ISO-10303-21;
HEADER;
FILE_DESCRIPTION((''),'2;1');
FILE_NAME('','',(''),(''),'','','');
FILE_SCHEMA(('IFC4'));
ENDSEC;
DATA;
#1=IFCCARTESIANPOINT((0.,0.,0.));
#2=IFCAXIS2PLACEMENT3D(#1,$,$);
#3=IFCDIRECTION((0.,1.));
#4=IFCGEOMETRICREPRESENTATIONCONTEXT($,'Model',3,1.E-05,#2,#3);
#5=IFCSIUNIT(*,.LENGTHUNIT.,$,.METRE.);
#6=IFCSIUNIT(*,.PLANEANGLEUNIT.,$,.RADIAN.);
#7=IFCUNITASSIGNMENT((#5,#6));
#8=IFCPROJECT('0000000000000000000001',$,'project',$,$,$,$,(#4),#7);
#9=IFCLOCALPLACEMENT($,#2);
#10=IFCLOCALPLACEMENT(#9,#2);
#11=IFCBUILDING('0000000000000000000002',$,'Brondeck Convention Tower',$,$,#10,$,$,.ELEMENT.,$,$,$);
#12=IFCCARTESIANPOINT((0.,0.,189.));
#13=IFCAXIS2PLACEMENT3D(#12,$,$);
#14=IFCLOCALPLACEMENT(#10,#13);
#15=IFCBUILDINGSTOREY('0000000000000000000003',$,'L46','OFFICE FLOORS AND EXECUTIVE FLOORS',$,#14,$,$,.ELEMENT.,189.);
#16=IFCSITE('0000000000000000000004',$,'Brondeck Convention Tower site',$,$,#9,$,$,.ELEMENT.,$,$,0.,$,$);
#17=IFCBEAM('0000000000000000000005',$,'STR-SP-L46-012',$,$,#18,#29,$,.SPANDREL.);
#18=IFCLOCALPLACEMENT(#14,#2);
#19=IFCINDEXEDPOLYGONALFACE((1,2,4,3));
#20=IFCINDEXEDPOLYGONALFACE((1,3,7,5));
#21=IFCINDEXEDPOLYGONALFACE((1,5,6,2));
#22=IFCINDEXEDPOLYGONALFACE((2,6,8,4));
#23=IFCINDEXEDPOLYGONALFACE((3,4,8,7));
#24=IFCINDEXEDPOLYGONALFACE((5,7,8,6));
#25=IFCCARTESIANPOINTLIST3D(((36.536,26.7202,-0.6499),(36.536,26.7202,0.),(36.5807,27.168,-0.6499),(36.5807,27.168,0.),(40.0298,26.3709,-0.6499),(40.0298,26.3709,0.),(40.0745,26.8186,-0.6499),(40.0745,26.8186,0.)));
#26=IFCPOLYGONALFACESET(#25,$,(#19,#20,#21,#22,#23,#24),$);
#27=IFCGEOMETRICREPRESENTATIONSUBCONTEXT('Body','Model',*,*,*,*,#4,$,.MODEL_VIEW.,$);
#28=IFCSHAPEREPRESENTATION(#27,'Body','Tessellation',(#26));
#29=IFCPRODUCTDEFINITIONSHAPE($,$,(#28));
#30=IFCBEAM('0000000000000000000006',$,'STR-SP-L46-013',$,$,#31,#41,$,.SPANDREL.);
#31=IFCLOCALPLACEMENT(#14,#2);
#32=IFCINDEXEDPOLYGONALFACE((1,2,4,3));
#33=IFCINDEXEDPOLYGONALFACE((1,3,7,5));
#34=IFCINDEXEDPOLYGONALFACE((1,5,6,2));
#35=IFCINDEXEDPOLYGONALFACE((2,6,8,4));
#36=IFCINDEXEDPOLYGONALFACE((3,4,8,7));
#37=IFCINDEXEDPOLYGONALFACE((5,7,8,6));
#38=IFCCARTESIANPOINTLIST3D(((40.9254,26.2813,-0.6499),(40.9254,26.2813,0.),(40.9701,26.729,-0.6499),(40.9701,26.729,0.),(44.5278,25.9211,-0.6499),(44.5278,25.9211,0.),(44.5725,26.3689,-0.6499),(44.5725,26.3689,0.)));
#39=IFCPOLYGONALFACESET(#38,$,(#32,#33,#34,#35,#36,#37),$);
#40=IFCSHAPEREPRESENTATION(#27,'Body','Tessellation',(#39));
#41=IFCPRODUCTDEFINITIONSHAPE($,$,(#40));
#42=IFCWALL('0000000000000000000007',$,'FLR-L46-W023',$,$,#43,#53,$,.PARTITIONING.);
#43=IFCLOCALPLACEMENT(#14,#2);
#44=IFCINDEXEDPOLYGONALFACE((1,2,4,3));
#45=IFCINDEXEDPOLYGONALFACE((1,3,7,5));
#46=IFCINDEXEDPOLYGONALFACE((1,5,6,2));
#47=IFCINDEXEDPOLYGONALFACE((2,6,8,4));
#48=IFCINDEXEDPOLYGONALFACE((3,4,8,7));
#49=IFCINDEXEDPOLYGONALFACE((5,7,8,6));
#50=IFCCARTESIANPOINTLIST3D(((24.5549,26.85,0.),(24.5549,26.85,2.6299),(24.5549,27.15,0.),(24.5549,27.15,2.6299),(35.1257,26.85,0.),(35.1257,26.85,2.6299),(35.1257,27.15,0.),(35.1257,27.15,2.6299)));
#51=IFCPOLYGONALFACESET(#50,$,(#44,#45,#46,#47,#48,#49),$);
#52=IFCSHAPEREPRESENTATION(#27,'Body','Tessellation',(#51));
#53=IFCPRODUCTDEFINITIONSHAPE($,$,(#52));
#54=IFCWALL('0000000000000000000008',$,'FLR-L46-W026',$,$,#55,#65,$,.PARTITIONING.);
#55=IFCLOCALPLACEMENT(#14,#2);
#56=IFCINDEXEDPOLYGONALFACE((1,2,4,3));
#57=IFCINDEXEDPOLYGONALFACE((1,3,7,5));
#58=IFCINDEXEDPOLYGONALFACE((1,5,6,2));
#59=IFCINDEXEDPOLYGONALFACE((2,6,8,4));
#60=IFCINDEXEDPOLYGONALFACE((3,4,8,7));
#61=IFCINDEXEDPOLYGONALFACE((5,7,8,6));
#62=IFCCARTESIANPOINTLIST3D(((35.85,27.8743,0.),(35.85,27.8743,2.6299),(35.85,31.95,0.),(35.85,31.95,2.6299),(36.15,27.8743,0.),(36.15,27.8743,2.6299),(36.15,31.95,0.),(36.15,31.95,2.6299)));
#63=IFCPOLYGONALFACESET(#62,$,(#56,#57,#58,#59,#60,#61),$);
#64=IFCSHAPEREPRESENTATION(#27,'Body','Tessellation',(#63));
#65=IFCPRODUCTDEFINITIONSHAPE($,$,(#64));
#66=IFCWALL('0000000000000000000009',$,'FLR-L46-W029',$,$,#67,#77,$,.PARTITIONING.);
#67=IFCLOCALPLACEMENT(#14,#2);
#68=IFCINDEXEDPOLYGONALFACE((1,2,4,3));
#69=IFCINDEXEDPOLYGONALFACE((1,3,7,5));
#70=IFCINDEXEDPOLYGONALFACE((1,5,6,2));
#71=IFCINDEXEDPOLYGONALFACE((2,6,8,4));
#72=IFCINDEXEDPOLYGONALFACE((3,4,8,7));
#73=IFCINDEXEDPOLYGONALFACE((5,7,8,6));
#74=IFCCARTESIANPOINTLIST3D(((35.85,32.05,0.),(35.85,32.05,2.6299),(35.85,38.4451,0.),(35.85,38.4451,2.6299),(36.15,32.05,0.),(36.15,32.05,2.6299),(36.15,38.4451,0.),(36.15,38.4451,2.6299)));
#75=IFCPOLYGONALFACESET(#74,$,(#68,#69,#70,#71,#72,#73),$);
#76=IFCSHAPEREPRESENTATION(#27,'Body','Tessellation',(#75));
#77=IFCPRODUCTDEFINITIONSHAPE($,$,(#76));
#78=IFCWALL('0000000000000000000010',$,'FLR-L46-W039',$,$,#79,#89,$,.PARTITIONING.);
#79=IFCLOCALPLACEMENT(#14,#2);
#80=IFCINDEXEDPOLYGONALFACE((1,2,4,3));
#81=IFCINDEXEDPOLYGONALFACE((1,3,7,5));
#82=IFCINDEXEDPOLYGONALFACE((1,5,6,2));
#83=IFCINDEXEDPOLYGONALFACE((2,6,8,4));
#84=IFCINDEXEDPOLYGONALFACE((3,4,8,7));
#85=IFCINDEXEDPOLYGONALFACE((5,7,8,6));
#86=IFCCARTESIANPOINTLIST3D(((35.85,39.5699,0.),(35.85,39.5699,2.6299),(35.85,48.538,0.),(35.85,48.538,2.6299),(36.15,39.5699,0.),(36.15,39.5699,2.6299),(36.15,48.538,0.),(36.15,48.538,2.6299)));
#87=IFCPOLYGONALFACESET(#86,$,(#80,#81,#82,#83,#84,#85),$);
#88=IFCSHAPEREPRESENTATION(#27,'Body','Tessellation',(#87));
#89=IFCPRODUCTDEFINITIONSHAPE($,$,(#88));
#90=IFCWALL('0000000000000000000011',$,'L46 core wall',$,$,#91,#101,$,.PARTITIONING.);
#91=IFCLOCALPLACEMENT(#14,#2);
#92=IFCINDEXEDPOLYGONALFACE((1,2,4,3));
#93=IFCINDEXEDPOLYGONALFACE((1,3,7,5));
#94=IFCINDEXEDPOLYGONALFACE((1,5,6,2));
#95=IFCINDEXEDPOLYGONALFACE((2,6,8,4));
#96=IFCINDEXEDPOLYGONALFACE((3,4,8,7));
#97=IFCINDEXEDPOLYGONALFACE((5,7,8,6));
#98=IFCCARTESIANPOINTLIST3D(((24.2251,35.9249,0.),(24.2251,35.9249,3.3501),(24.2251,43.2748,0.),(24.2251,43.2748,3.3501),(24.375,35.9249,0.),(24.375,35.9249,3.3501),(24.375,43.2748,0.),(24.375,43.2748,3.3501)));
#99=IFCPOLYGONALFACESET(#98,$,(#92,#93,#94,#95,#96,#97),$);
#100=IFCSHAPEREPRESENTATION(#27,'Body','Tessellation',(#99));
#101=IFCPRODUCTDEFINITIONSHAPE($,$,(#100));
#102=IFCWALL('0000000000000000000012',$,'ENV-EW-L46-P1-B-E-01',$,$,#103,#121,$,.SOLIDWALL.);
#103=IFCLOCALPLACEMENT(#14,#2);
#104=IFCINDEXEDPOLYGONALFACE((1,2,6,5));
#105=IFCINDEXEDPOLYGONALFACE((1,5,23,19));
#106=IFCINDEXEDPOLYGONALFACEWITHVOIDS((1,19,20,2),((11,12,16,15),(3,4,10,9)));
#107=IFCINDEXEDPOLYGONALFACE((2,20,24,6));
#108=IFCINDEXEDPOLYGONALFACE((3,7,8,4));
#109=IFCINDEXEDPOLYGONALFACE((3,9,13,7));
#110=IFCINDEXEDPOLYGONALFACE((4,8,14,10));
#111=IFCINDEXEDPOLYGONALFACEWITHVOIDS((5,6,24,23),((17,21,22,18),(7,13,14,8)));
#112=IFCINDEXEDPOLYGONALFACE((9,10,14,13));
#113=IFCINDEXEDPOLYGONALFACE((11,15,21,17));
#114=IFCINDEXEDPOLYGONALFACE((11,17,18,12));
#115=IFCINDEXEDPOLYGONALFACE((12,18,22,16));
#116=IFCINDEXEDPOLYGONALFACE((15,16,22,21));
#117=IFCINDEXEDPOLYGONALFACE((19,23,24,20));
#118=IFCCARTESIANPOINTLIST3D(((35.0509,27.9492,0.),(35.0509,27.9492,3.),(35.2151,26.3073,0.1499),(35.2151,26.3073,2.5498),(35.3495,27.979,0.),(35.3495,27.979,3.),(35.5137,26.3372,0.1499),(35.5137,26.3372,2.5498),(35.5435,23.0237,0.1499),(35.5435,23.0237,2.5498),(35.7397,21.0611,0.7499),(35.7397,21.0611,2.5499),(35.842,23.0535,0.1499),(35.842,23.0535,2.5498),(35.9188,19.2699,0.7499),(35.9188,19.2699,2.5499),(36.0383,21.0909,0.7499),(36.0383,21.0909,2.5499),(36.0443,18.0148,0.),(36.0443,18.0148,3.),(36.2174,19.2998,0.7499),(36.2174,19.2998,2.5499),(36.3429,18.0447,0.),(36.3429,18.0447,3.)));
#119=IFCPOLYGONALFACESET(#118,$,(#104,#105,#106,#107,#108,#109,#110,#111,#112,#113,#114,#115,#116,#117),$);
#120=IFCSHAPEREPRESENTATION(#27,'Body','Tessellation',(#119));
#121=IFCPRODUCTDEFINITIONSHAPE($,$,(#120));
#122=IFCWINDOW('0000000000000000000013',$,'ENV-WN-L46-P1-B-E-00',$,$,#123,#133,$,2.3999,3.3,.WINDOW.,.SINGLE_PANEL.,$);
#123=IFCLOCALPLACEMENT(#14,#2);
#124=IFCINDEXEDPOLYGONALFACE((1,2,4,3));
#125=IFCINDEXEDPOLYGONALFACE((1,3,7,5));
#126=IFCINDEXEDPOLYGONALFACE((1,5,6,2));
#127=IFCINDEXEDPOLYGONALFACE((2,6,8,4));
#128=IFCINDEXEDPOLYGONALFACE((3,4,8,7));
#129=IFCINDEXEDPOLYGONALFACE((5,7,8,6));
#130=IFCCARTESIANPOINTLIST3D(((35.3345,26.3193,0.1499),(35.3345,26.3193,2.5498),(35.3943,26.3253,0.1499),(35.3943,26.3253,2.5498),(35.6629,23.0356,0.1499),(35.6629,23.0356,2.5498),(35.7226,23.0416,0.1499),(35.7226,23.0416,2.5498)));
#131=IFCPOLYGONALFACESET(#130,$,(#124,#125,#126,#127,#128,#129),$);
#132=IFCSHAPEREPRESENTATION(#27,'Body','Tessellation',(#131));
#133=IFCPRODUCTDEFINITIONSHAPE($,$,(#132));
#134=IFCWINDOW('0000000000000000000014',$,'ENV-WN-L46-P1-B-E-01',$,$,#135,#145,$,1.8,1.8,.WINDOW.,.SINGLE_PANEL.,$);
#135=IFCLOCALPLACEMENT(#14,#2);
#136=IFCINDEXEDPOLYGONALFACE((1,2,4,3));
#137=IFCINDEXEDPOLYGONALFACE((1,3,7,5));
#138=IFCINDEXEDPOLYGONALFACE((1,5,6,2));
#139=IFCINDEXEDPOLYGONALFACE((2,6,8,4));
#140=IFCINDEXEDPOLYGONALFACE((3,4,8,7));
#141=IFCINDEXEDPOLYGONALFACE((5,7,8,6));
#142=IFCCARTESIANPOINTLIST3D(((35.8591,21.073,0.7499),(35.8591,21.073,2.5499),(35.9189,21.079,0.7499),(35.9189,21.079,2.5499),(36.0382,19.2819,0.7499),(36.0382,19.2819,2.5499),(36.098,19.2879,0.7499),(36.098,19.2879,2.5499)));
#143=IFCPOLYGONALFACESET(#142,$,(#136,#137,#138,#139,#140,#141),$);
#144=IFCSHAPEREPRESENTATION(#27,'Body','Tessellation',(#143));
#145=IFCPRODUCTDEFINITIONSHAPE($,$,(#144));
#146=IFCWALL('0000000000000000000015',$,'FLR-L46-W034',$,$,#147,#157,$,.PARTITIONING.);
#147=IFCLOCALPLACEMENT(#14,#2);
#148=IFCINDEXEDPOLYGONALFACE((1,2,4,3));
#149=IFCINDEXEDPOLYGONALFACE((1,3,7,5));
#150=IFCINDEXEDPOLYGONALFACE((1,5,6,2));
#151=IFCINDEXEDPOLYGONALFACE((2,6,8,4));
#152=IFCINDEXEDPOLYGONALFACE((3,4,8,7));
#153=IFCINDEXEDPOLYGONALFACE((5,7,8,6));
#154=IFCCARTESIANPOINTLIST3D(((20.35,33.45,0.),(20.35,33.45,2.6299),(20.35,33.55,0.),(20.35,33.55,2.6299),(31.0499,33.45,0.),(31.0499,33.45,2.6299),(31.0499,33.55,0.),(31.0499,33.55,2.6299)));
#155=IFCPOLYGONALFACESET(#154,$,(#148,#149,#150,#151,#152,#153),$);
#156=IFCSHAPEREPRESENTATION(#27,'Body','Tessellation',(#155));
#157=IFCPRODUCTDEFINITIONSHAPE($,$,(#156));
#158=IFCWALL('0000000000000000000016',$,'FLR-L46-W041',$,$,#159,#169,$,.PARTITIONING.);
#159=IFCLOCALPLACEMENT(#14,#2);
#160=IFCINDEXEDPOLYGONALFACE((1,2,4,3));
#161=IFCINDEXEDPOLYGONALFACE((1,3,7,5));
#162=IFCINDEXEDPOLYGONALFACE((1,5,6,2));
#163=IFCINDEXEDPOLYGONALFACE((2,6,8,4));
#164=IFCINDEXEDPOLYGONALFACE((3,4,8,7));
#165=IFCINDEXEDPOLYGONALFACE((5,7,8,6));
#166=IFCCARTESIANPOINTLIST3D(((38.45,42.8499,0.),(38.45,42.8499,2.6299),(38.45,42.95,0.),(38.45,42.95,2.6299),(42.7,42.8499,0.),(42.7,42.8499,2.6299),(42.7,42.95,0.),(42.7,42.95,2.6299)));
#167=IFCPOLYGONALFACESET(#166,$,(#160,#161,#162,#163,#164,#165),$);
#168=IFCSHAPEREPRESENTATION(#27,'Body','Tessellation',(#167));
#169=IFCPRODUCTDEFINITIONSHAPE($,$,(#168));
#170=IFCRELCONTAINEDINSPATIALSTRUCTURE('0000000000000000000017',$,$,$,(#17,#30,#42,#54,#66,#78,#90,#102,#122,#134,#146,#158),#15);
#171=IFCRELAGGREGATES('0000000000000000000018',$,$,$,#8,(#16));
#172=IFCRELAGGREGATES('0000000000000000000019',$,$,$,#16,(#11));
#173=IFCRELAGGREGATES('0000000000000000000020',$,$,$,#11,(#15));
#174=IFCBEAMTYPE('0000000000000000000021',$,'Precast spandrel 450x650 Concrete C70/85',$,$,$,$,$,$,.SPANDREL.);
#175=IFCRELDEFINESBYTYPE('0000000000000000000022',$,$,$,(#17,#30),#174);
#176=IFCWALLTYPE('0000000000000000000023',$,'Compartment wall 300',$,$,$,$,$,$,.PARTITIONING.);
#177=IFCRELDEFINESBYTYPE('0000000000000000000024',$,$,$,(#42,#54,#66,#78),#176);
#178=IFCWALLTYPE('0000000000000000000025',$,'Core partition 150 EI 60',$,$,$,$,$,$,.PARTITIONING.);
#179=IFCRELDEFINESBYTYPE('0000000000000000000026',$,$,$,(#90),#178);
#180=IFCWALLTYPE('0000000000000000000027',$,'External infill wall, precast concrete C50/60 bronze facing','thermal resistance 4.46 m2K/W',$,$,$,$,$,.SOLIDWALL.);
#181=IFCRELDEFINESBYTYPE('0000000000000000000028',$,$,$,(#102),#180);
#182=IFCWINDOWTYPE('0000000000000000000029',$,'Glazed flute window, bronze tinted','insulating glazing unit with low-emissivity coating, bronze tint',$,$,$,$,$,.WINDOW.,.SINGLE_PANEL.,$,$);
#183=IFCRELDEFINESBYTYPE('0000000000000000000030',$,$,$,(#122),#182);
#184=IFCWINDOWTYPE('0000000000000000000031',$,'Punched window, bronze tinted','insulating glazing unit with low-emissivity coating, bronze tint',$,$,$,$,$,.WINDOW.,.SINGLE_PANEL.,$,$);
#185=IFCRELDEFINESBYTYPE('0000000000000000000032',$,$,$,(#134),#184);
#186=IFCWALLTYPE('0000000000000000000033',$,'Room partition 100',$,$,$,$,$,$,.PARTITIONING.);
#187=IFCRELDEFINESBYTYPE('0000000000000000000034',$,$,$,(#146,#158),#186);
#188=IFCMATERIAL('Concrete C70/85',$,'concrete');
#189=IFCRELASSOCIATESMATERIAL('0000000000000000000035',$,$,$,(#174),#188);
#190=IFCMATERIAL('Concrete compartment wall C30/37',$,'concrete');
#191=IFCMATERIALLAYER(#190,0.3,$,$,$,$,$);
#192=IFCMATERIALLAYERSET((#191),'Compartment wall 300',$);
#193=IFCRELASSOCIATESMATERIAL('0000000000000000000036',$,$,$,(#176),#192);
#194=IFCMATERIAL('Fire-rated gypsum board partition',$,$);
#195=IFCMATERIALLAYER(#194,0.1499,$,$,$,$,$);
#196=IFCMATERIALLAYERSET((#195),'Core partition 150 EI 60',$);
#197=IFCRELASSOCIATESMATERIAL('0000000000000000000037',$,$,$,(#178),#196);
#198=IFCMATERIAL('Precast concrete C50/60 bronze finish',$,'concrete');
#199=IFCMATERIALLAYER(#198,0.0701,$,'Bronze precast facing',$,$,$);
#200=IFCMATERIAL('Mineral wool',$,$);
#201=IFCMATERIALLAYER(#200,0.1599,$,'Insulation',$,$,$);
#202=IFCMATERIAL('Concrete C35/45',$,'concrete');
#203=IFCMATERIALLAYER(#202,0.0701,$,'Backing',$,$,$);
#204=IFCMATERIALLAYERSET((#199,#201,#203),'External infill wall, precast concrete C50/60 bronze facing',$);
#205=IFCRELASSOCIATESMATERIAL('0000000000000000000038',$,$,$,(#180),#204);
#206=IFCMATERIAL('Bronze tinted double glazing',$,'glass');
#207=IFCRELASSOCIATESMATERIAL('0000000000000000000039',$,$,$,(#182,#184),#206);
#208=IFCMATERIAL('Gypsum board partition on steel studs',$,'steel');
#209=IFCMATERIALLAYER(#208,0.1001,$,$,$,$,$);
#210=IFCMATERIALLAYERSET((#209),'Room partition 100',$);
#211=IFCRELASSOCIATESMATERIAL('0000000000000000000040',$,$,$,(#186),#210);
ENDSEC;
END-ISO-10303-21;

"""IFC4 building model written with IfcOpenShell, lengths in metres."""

from ifc_helpers import new_model, si_unit, direction, frame, frame_2d, origin, origin_2d, place, context, subcontext, project, spatial, rectangle, extrude, material, layer, layer_set, material_profile, profile_set, type_object, element, fill, save


model = new_model("IFC4")

# Units and contexts
model_context = context("Model", 3, precision=1e-05, world=origin(), true_north=direction((0.0, 1.0)))
body_context = subcontext(model_context, "Body", "Model", "MODEL_VIEW")
ifc_project = project(units=[si_unit("LENGTHUNIT", "METRE"), si_unit("PLANEANGLEUNIT", "RADIAN")], contexts=[model_context])

# Site, building, storey
site_placement = place(None, origin())
site = spatial("IfcSite", under=ifc_project, at=site_placement, Name="Brondeck Convention Tower site", CompositionType="ELEMENT", RefElevation=0.0)
building_placement = place(site_placement, origin())
building = spatial("IfcBuilding", under=site, at=building_placement, Name="Brondeck Convention Tower", CompositionType="ELEMENT")
storey_placement = place(building_placement, frame((0.0, 0.0, 189.0)))
storey = spatial("IfcBuildingStorey", under=building, at=storey_placement, Name="L46", Description="OFFICE FLOORS AND EXECUTIVE FLOORS", CompositionType="ELEMENT", Elevation=189.0)

# Shared definitions
ifc_material_1 = material(Name="Concrete C70/85", Category="concrete")

# Beams
ifc_material_profile_1 = material_profile(ifc_material_1, rectangle(XDim=0.45, YDim=0.6499, at=origin_2d()), Name="Precast spandrel 450x650 Concrete C70/85")
ifc_profile_set_1 = profile_set([ifc_material_profile_1], Name="Concrete C70/85")
beam_type_1 = type_object("IfcBeamType", Name="Precast spandrel 450x650 Concrete C70/85", PredefinedType="SPANDREL", material=ifc_profile_set_1)
beam_1_placement = place(storey_placement, frame((36.5583, 26.9441, -0.325), z_axis=(0.995038, -0.099497, 0.0), x_axis=(0.099497, 0.995038, 0.0)))
element("IfcBeam", 1, at=beam_1_placement, inside=storey, type_object=beam_type_1, Name="STR-SP-L46-012", PredefinedType="SPANDREL", context=body_context, shape_type="SweptSolid", body=[
    extrude(rectangle(XDim=0.45, YDim=0.6499, at=origin_2d()), origin(), (0.0, 0.0, 1.0), 3.5112),
])
beam_2_placement = place(storey_placement, frame((40.9478, 26.5051, -0.325), z_axis=(0.995041, -0.09947, 0.0), x_axis=(0.09947, 0.995041, 0.0)))
element("IfcBeam", 2, at=beam_2_placement, inside=storey, type_object=beam_type_1, Name="STR-SP-L46-013", PredefinedType="SPANDREL", context=body_context, shape_type="SweptSolid", body=[
    extrude(rectangle(XDim=0.45, YDim=0.6499, at=origin_2d()), origin(), (0.0, 0.0, 1.0), 3.6204),
])

# Walls
ifc_material_2 = material(Name="Concrete compartment wall C30/37", Category="concrete")
ifc_layer_1 = layer(ifc_material_2, 0.3)
ifc_layer_set_1 = layer_set([ifc_layer_1], Name="Compartment wall 300")
wall_type_1 = type_object("IfcWallType", Name="Compartment wall 300", PredefinedType="PARTITIONING", material=ifc_layer_set_1)
wall_1_placement = place(storey_placement, frame((24.5549, 27.0, 0.0), z_axis=(0.0, 0.0, 1.0), x_axis=(1.0, 0.0, 0.0)))
element("IfcWall", 3, at=wall_1_placement, inside=storey, type_object=wall_type_1, Name="FLR-L46-W023", PredefinedType="PARTITIONING", context=body_context, shape_type="SweptSolid", body=[
    extrude(rectangle(XDim=10.5708, YDim=0.3, at=frame_2d((5.2854, 0.0))), origin(), (0.0, 0.0, 1.0), 2.6299),
])
wall_2_placement = place(storey_placement, frame((36.0, 27.8743, 0.0), z_axis=(0.0, 0.0, 1.0), x_axis=(0.0, 1.0, 0.0)))
element("IfcWall", 4, at=wall_2_placement, inside=storey, type_object=wall_type_1, Name="FLR-L46-W026", PredefinedType="PARTITIONING", context=body_context, shape_type="SweptSolid", body=[
    extrude(rectangle(XDim=4.0757, YDim=0.3, at=frame_2d((2.0378, 0.0))), origin(), (0.0, 0.0, 1.0), 2.6299),
])
wall_3_placement = place(storey_placement, frame((36.0, 32.05, 0.0), z_axis=(0.0, 0.0, 1.0), x_axis=(0.0, 1.0, 0.0)))
element("IfcWall", 5, at=wall_3_placement, inside=storey, type_object=wall_type_1, Name="FLR-L46-W029", PredefinedType="PARTITIONING", context=body_context, shape_type="SweptSolid", body=[
    extrude(rectangle(XDim=6.395, YDim=0.3, at=frame_2d((3.1975, 0.0))), origin(), (0.0, 0.0, 1.0), 2.6299),
])
wall_4_placement = place(storey_placement, frame((36.0, 39.5701, 0.0), z_axis=(0.0, 0.0, 1.0), x_axis=(0.0, 1.0, 0.0)))
element("IfcWall", 6, at=wall_4_placement, inside=storey, type_object=wall_type_1, Name="FLR-L46-W039", PredefinedType="PARTITIONING", context=body_context, shape_type="SweptSolid", body=[
    extrude(rectangle(XDim=8.968, YDim=0.3, at=frame_2d((4.4839, 0.0))), origin(), (0.0, 0.0, 1.0), 2.6299),
])
ifc_material_3 = material(Name="Fire-rated gypsum board partition")
ifc_layer_2 = layer(ifc_material_3, 0.1499)
ifc_layer_set_2 = layer_set([ifc_layer_2], Name="Core partition 150 EI 60")
wall_type_2 = type_object("IfcWallType", Name="Core partition 150 EI 60", PredefinedType="PARTITIONING", material=ifc_layer_set_2)
wall_5_placement = place(storey_placement, frame((24.3, 35.925, 0.0), z_axis=(0.0, 0.0, 1.0), x_axis=(0.0, 1.0, 0.0)))
element("IfcWall", 7, at=wall_5_placement, inside=storey, type_object=wall_type_2, Name="L46 core wall", PredefinedType="PARTITIONING", context=body_context, shape_type="SweptSolid", body=[
    extrude(rectangle(XDim=7.3499, YDim=0.1499, at=frame_2d((3.6748, 0.0))), origin(), (0.0, 0.0, 1.0), 3.3501),
])

# Wall, openings, windows
ifc_material_4 = material(Name="Precast concrete C50/60 bronze finish", Category="concrete")
ifc_layer_3 = layer(ifc_material_4, 0.0701, Name="Bronze precast facing")
ifc_material_5 = material(Name="Mineral wool")
ifc_layer_4 = layer(ifc_material_5, 0.1599, Name="Insulation")
ifc_material_6 = material(Name="Concrete C35/45", Category="concrete")
ifc_layer_5 = layer(ifc_material_6, 0.0701, Name="Backing")
ifc_layer_set_3 = layer_set([ifc_layer_3, ifc_layer_4, ifc_layer_5], Name="External infill wall, precast concrete C50/60 bronze facing")
wall_type_3 = type_object("IfcWallType", Name="External infill wall, precast concrete C50/60 bronze facing", Description="thermal resistance 4.46 m2K/W", PredefinedType="SOLIDWALL", material=ifc_layer_set_3)
wall_6_placement = place(storey_placement, frame((35.2002, 27.9641, 0.0), z_axis=(0.0, 0.0, 1.0), x_axis=(0.099501, -0.995037, 0.0)))
wall_6 = element("IfcWall", 8, at=wall_6_placement, inside=storey, type_object=wall_type_3, Name="ENV-EW-L46-P1-B-E-01", PredefinedType="SOLIDWALL", context=body_context, shape_type="SweptSolid", body=[
    extrude(rectangle(XDim=9.9839, YDim=0.3, at=frame_2d((4.9919, 0.0))), origin(), (0.0, 0.0, 1.0), 3.0),
])
opening_1_placement = place(wall_6_placement, frame((1.6501, 0.0, 0.1499)))
opening_1 = element("IfcOpeningElement", 9, at=opening_1_placement, cuts=wall_6, PredefinedType="OPENING", context=body_context, shape_type="SweptSolid", body=[
    extrude(rectangle(XDim=3.3, YDim=2.3999, at=frame_2d((1.6499, 1.2))), frame((0.0, 0.1599, 0.0), z_axis=(0.0, -1.0, 0.0), x_axis=(1.0, 0.0, 0.0)), (0.0, 0.0, 1.0), 0.3201),
])
opening_2_placement = place(wall_6_placement, frame((6.9226, 0.0, 0.75)))
opening_2 = element("IfcOpeningElement", 10, at=opening_2_placement, cuts=wall_6, PredefinedType="OPENING", context=body_context, shape_type="SweptSolid", body=[
    extrude(rectangle(XDim=1.8, YDim=1.8, at=frame_2d((0.8999, 0.8999))), frame((0.0, 0.1599, 0.0), z_axis=(0.0, -1.0, 0.0), x_axis=(1.0, 0.0, 0.0)), (0.0, 0.0, 1.0), 0.3201),
])
ifc_material_7 = material(Name="Bronze tinted double glazing", Category="glass")
window_type_1 = type_object("IfcWindowType", Name="Glazed flute window, bronze tinted", Description="insulating glazing unit with low-emissivity coating, bronze tint", PartitioningType="SINGLE_PANEL", PredefinedType="WINDOW", material=ifc_material_7)
window_1_placement = place(opening_1_placement, origin())
window_1 = element("IfcWindow", 11, at=window_1_placement, inside=storey, type_object=window_type_1, Name="ENV-WN-L46-P1-B-E-00", OverallHeight=2.3999, OverallWidth=3.3, PartitioningType="SINGLE_PANEL", PredefinedType="WINDOW", context=body_context, shape_type="SweptSolid", body=[
    extrude(rectangle(XDim=3.3, YDim=2.3999, at=frame_2d((1.6499, 1.2))), frame((0.0, 0.03, 0.0), z_axis=(0.0, -1.0, 0.0), x_axis=(1.0, 0.0, 0.0)), (0.0, 0.0, 1.0), 0.0601),
])
fill(opening_1, window_1)
window_type_2 = type_object("IfcWindowType", Name="Punched window, bronze tinted", Description="insulating glazing unit with low-emissivity coating, bronze tint", PartitioningType="SINGLE_PANEL", PredefinedType="WINDOW", material=ifc_material_7)
window_2_placement = place(opening_2_placement, origin())
window_2 = element("IfcWindow", 12, at=window_2_placement, inside=storey, type_object=window_type_2, Name="ENV-WN-L46-P1-B-E-01", OverallHeight=1.8, OverallWidth=1.8, PartitioningType="SINGLE_PANEL", PredefinedType="WINDOW", context=body_context, shape_type="SweptSolid", body=[
    extrude(rectangle(XDim=1.8, YDim=1.8, at=frame_2d((0.8999, 0.8999))), frame((0.0, 0.03, 0.0), z_axis=(0.0, -1.0, 0.0), x_axis=(1.0, 0.0, 0.0)), (0.0, 0.0, 1.0), 0.0601),
])
fill(opening_2, window_2)

# Walls
ifc_material_8 = material(Name="Gypsum board partition on steel studs", Category="steel")
ifc_layer_6 = layer(ifc_material_8, 0.1001)
ifc_layer_set_4 = layer_set([ifc_layer_6], Name="Room partition 100")
wall_type_4 = type_object("IfcWallType", Name="Room partition 100", PredefinedType="PARTITIONING", material=ifc_layer_set_4)
wall_7_placement = place(storey_placement, frame((31.05, 33.5, 0.0), z_axis=(0.0, 0.0, 1.0), x_axis=(-1.0, 0.0, 0.0)))
element("IfcWall", 13, at=wall_7_placement, inside=storey, type_object=wall_type_4, Name="FLR-L46-W034", PredefinedType="PARTITIONING", context=body_context, shape_type="SweptSolid", body=[
    extrude(rectangle(XDim=10.7, YDim=0.1001, at=frame_2d((5.3501, 0.0))), origin(), (0.0, 0.0, 1.0), 2.6299),
])
wall_8_placement = place(storey_placement, frame((38.45, 42.8999, 0.0), z_axis=(0.0, 0.0, 1.0), x_axis=(1.0, 0.0, 0.0)))
element("IfcWall", 14, at=wall_8_placement, inside=storey, type_object=wall_type_4, Name="FLR-L46-W041", PredefinedType="PARTITIONING", context=body_context, shape_type="SweptSolid", body=[
    extrude(rectangle(XDim=4.25, YDim=0.1001, at=frame_2d((2.125, 0.0))), origin(), (0.0, 0.0, 1.0), 2.6299),
])

save(model, "model.ifc")
